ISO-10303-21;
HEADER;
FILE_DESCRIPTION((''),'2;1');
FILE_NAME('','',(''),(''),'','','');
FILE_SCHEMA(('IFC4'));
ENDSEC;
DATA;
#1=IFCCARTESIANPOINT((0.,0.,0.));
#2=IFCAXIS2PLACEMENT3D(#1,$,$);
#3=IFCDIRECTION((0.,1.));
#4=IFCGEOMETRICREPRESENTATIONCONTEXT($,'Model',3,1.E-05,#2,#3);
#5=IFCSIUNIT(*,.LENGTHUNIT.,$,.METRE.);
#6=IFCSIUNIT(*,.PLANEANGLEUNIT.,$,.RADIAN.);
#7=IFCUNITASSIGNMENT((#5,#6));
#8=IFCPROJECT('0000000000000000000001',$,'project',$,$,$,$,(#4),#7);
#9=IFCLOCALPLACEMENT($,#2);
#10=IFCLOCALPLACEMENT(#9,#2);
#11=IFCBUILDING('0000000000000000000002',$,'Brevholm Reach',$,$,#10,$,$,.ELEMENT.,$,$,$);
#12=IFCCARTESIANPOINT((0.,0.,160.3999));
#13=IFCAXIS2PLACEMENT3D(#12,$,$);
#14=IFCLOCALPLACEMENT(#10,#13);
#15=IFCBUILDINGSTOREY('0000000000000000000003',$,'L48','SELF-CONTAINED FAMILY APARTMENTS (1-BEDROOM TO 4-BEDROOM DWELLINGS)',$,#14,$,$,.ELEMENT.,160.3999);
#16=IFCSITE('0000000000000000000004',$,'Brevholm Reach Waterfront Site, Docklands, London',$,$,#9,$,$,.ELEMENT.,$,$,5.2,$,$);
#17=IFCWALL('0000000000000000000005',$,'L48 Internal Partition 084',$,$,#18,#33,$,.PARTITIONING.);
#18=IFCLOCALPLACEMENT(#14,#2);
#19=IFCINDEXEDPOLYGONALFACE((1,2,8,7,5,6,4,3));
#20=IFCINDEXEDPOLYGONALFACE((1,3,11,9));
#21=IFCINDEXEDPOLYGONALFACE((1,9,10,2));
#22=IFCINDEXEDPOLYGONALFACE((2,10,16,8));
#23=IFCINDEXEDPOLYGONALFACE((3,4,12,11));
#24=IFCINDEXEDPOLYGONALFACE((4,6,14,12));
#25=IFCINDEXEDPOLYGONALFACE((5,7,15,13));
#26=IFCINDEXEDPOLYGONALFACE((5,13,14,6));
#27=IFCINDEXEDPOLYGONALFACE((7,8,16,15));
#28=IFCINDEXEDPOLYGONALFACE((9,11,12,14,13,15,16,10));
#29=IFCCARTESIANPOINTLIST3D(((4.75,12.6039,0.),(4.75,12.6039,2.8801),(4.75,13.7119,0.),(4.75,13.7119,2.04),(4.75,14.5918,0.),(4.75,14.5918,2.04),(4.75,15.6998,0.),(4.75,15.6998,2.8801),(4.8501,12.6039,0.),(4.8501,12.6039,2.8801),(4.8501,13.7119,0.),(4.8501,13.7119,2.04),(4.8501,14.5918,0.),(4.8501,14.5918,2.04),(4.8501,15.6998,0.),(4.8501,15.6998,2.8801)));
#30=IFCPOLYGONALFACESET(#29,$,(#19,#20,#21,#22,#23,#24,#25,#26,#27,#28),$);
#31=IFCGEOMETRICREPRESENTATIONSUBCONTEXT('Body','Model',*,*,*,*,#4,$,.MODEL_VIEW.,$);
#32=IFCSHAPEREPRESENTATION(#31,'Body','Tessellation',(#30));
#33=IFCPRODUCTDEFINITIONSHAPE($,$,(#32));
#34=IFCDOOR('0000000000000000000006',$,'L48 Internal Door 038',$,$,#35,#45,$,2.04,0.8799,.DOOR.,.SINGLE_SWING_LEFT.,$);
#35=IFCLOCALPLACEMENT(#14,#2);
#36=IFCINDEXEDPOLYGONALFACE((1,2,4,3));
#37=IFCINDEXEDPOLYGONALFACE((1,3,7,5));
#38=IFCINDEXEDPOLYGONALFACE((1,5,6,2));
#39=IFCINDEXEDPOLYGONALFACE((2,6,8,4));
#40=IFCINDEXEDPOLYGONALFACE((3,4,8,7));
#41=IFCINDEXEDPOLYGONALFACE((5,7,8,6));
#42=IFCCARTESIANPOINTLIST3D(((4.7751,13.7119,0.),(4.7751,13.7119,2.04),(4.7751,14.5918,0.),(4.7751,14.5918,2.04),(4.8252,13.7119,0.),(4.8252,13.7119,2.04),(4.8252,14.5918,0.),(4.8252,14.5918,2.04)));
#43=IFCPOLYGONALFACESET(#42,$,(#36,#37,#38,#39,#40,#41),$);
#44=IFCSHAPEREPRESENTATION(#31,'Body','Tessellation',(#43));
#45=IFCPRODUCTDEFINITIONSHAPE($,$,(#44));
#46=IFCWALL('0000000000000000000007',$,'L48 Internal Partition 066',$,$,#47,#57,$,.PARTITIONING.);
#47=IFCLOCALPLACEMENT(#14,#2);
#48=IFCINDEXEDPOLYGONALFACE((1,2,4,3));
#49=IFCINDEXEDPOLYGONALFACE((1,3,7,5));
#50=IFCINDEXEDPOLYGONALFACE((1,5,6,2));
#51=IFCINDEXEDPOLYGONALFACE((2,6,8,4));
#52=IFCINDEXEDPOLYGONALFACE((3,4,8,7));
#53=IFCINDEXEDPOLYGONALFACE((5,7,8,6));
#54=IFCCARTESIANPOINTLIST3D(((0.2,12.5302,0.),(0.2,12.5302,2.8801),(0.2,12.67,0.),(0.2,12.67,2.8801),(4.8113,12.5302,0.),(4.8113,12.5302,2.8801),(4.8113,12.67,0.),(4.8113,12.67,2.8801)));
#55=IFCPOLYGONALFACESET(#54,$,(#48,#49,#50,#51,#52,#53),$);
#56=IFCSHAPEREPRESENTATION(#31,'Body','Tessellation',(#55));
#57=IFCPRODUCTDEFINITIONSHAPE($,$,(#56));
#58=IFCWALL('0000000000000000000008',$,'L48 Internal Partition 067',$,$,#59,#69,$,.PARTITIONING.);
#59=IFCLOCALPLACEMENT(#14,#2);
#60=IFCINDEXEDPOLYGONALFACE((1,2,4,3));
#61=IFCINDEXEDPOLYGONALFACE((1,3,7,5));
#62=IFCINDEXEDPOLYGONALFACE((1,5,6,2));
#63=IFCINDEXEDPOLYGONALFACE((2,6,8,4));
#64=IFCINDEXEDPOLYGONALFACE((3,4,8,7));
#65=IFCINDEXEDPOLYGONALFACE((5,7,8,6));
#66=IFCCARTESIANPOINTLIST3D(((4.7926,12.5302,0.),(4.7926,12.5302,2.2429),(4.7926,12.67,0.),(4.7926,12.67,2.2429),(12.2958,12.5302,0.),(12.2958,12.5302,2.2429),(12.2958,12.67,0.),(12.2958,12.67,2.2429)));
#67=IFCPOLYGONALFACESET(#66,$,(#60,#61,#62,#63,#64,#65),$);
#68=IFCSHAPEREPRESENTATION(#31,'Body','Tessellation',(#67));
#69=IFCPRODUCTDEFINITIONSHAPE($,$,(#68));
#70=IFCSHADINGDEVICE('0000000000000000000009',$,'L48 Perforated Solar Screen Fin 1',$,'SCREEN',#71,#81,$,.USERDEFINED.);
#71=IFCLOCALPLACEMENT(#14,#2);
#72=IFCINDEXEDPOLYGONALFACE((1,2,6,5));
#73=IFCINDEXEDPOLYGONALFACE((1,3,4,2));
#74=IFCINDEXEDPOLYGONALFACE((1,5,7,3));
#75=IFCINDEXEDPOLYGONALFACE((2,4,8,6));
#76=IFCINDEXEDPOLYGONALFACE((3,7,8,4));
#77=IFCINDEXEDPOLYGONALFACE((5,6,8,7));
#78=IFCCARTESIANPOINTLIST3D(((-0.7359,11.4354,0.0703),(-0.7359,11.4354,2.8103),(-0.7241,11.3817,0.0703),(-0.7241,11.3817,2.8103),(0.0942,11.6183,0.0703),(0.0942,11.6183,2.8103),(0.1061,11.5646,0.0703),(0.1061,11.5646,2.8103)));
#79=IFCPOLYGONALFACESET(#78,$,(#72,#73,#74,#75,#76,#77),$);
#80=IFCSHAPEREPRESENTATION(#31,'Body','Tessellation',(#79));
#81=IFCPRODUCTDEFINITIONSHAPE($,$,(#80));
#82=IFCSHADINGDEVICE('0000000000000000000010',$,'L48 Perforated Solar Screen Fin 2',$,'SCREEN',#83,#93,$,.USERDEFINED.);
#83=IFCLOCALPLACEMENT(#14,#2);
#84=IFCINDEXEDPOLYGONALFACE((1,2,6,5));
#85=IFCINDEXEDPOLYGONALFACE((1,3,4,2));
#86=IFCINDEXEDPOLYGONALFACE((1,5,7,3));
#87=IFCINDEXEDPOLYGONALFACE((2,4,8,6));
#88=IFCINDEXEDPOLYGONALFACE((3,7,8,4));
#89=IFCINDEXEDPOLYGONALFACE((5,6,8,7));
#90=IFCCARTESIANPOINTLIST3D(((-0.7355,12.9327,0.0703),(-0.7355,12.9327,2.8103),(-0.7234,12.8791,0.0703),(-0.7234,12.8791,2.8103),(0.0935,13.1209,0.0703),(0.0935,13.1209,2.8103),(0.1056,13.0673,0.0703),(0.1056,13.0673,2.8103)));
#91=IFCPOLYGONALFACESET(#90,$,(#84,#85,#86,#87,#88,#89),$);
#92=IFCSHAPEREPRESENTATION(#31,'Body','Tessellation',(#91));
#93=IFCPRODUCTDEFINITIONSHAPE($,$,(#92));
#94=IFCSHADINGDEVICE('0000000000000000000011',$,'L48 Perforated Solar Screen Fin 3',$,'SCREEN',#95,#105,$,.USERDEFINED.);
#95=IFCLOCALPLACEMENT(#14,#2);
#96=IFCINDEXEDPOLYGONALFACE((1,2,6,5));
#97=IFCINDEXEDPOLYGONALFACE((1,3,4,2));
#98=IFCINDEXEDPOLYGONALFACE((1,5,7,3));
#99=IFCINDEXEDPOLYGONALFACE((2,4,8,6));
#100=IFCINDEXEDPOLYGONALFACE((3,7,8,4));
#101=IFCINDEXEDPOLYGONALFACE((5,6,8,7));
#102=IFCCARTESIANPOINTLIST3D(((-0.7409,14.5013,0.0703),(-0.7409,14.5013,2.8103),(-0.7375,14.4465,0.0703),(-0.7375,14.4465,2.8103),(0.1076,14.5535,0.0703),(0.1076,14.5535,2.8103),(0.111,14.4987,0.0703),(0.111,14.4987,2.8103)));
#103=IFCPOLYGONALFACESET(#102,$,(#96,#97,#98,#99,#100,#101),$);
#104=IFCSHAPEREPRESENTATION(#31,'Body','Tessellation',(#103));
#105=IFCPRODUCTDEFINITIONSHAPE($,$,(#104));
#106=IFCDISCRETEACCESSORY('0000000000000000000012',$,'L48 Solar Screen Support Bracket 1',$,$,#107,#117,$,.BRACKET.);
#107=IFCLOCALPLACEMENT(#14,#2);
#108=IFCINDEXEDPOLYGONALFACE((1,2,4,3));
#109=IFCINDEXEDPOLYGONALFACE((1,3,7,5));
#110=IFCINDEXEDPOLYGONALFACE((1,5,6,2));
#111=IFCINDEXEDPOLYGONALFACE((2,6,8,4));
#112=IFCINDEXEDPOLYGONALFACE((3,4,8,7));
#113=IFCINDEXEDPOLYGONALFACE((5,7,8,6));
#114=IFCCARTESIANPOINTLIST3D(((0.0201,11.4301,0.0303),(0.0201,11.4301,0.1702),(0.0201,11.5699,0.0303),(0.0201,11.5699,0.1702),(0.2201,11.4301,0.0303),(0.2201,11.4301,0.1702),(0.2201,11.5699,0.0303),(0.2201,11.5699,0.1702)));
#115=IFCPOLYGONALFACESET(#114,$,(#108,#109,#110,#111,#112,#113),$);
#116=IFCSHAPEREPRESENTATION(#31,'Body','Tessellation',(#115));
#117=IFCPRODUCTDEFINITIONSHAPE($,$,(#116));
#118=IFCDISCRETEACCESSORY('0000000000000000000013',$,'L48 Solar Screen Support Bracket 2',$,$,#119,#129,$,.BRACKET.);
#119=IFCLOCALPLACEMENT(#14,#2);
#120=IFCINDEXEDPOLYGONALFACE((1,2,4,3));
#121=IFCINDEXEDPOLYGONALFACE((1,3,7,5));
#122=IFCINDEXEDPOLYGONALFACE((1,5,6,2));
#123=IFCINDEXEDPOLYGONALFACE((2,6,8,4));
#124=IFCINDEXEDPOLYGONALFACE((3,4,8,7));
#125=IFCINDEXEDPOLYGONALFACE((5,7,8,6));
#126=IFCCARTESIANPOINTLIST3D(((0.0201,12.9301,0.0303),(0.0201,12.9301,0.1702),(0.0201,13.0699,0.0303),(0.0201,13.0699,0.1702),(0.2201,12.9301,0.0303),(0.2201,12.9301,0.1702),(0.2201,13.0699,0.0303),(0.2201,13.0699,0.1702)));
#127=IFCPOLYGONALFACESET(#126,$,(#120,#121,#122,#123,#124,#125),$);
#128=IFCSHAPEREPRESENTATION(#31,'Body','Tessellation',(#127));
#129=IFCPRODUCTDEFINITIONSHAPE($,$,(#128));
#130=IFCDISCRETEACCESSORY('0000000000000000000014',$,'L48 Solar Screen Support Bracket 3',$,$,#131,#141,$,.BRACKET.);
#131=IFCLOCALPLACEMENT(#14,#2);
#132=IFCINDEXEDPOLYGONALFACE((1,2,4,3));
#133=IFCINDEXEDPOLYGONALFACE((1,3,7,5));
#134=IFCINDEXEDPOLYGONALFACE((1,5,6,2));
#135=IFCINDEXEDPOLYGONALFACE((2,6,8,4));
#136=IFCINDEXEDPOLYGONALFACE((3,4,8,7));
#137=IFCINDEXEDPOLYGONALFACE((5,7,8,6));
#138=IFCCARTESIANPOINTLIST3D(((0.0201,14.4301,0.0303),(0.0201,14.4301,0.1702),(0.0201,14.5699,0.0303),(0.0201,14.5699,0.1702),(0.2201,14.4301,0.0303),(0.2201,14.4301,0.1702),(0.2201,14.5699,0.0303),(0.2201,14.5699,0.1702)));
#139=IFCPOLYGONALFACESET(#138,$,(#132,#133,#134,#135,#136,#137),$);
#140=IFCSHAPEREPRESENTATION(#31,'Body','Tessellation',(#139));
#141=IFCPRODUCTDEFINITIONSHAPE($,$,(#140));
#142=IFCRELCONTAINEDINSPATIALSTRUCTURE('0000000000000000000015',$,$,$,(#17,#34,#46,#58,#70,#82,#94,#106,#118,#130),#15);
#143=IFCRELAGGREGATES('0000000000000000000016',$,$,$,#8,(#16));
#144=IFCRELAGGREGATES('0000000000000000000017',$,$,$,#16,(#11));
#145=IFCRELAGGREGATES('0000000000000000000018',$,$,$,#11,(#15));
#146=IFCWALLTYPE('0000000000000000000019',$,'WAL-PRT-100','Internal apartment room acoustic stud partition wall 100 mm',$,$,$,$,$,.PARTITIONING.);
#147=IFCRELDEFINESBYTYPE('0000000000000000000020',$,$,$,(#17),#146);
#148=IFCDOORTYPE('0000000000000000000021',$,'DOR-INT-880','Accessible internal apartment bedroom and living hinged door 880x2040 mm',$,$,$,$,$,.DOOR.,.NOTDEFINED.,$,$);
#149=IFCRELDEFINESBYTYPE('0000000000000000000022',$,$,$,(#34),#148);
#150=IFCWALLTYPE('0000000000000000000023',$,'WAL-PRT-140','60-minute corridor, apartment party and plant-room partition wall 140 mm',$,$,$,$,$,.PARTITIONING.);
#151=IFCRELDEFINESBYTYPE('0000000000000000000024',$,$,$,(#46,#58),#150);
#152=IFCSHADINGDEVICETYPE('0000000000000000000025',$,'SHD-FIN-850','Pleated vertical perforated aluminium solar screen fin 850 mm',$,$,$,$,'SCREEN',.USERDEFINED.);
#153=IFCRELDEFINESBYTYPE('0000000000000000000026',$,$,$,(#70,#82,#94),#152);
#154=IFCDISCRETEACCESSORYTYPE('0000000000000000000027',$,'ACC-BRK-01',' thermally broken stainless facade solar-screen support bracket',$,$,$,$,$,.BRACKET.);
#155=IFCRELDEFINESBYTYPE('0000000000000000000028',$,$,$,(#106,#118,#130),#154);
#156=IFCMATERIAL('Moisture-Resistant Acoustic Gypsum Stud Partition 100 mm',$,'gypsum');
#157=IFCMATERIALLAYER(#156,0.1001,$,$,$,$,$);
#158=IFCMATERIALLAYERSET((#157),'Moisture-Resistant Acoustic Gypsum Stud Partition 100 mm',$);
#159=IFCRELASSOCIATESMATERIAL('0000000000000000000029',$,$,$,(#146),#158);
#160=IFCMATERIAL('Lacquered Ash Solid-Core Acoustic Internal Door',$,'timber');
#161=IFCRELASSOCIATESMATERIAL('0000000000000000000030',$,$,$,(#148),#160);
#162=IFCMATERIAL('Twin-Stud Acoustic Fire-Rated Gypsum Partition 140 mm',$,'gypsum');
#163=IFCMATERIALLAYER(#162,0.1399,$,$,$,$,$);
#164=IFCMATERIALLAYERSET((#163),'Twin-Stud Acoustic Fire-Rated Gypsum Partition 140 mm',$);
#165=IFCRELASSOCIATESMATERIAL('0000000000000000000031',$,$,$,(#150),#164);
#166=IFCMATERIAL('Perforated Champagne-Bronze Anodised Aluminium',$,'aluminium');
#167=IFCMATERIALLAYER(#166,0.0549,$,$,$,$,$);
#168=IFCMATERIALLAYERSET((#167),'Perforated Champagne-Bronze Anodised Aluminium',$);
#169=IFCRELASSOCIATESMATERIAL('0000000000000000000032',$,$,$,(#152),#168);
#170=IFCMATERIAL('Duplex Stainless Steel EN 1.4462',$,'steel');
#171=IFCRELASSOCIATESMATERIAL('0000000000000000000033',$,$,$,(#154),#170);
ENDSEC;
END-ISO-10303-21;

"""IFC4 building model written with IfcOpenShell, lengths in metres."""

from ifc_helpers import new_model, si_unit, direction, frame, frame_2d, origin, origin_2d, place, context, subcontext, project, spatial, rectangle, extrude, material, layer, layer_set, type_object, element, fill, save


model = new_model("IFC4")

# Units and contexts
model_context = context("Model", 3, precision=1e-05, world=origin(), true_north=direction((0.0, 1.0)))
body_context = subcontext(model_context, "Body", "Model", "MODEL_VIEW")
ifc_project = project(units=[si_unit("LENGTHUNIT", "METRE"), si_unit("PLANEANGLEUNIT", "RADIAN")], contexts=[model_context])

# Site, building, storey
site_placement = place(None, origin())
site = spatial("IfcSite", under=ifc_project, at=site_placement, Name="Brevholm Reach Waterfront Site, Docklands, London", CompositionType="ELEMENT", RefElevation=5.2)
building_placement = place(site_placement, origin())
building = spatial("IfcBuilding", under=site, at=building_placement, Name="Brevholm Reach", CompositionType="ELEMENT")
storey_placement = place(building_placement, frame((0.0, 0.0, 160.3999)))
storey = spatial("IfcBuildingStorey", under=building, at=storey_placement, Name="L48", Description="SELF-CONTAINED FAMILY APARTMENTS (1-BEDROOM TO 4-BEDROOM DWELLINGS)", CompositionType="ELEMENT", Elevation=160.3999)

# Wall, opening, door
ifc_material_1 = material(Name="Moisture-Resistant Acoustic Gypsum Stud Partition 100 mm", Category="gypsum")
ifc_layer_1 = layer(ifc_material_1, 0.1001)
ifc_layer_set_1 = layer_set([ifc_layer_1], Name="Moisture-Resistant Acoustic Gypsum Stud Partition 100 mm")
wall_type_1 = type_object("IfcWallType", Name="WAL-PRT-100", Description="Internal apartment room acoustic stud partition wall 100 mm", PredefinedType="PARTITIONING", material=ifc_layer_set_1)
wall_1_placement = place(storey_placement, frame((4.8, 12.604, 0.0), z_axis=(0.0, 0.0, 1.0), x_axis=(0.0, 1.0, 0.0)))
wall_1 = element("IfcWall", 1, at=wall_1_placement, inside=storey, type_object=wall_type_1, Name="L48 Internal Partition 084", PredefinedType="PARTITIONING", context=body_context, shape_type="SweptSolid", body=[
    extrude(rectangle(XDim=3.0959, YDim=0.1001, at=frame_2d((1.5479, 0.0))), origin(), (0.0, 0.0, 1.0), 2.8801),
])
opening_placement = place(wall_1_placement, frame((1.1079, 0.0, 0.0)))
opening = element("IfcOpeningElement", 2, at=opening_placement, cuts=wall_1, PredefinedType="OPENING", context=body_context, shape_type="SweptSolid", body=[
    extrude(rectangle(XDim=0.8799, YDim=2.04, at=frame_2d((0.4399, 1.02))), frame((0.0, 0.0601, 0.0), z_axis=(0.0, -1.0, 0.0), x_axis=(1.0, 0.0, 0.0)), (0.0, 0.0, 1.0), 0.1201),
])
ifc_material_2 = material(Name="Lacquered Ash Solid-Core Acoustic Internal Door", Category="timber")
door_type = type_object("IfcDoorType", Name="DOR-INT-880", Description="Accessible internal apartment bedroom and living hinged door 880x2040 mm", OperationType="NOTDEFINED", PredefinedType="DOOR", material=ifc_material_2)
door_placement = place(opening_placement, origin())
door = element("IfcDoor", 3, at=door_placement, inside=storey, type_object=door_type, Name="L48 Internal Door 038", OperationType="SINGLE_SWING_LEFT", OverallHeight=2.04, OverallWidth=0.8799, PredefinedType="DOOR", context=body_context, shape_type="SweptSolid", body=[
    extrude(rectangle(XDim=0.8799, YDim=2.04, at=frame_2d((0.4399, 1.02))), frame((0.0, 0.0249, 0.0), z_axis=(0.0, -1.0, 0.0), x_axis=(1.0, 0.0, 0.0)), (0.0, 0.0, 1.0), 0.05),
])
fill(opening, door)

# Walls
ifc_material_3 = material(Name="Twin-Stud Acoustic Fire-Rated Gypsum Partition 140 mm", Category="gypsum")
ifc_layer_2 = layer(ifc_material_3, 0.1399)
ifc_layer_set_2 = layer_set([ifc_layer_2], Name="Twin-Stud Acoustic Fire-Rated Gypsum Partition 140 mm")
wall_type_2 = type_object("IfcWallType", Name="WAL-PRT-140", Description="60-minute corridor, apartment party and plant-room partition wall 140 mm", PredefinedType="PARTITIONING", material=ifc_layer_set_2)
wall_2_placement = place(storey_placement, frame((0.2, 12.6001, 0.0), z_axis=(0.0, 0.0, 1.0), x_axis=(1.0, 0.0, 0.0)))
element("IfcWall", 4, at=wall_2_placement, inside=storey, type_object=wall_type_2, Name="L48 Internal Partition 066", PredefinedType="PARTITIONING", context=body_context, shape_type="SweptSolid", body=[
    extrude(rectangle(XDim=4.6113, YDim=0.1399, at=frame_2d((2.3057, 0.0))), origin(), (0.0, 0.0, 1.0), 2.8801),
])
wall_3_placement = place(storey_placement, frame((4.7927, 12.6001, 0.0), z_axis=(0.0, 0.0, 1.0), x_axis=(1.0, 0.0, 0.0)))
element("IfcWall", 5, at=wall_3_placement, inside=storey, type_object=wall_type_2, Name="L48 Internal Partition 067", PredefinedType="PARTITIONING", context=body_context, shape_type="SweptSolid", body=[
    extrude(rectangle(XDim=7.5032, YDim=0.1399, at=frame_2d((3.7515, 0.0))), origin(), (0.0, 0.0, 1.0), 2.2429),
])

# Shading devices
ifc_material_4 = material(Name="Perforated Champagne-Bronze Anodised Aluminium", Category="aluminium")
ifc_layer_3 = layer(ifc_material_4, 0.0549)
ifc_layer_set_3 = layer_set([ifc_layer_3], Name="Perforated Champagne-Bronze Anodised Aluminium")
shading_device_type = type_object("IfcShadingDeviceType", Name="SHD-FIN-850", Description="Pleated vertical perforated aluminium solar screen fin 850 mm", ElementType="SCREEN", PredefinedType="USERDEFINED", material=ifc_layer_set_3)
for number, where, z_axis, x_axis, name in (
    (6, (-0.3149, 11.5, 0.0703), (0.0, 0.0, 1.0), (-0.976575, -0.215179, 0.0), "L48 Perforated Solar Screen Fin 1"),
    (7, (-0.3149, 13.0, 0.0703), (0.0, 0.0, 1.0), (-0.975188, -0.221378, 0.0), "L48 Perforated Solar Screen Fin 2"),
    (8, (-0.3149, 14.5, 0.0703), (0.0, 0.0, 1.0), (-0.99811, -0.061449, 0.0), "L48 Perforated Solar Screen Fin 3"),
):
    element("IfcShadingDevice", number, at=place(storey_placement, frame(where, z_axis=z_axis, x_axis=x_axis)), inside=storey, type_object=shading_device_type, Name=name, ObjectType="SCREEN", PredefinedType="USERDEFINED", context=body_context, shape_type="SweptSolid", body=[
        extrude(rectangle(XDim=0.8501, YDim=0.0549, at=origin_2d()), origin(), (0.0, 0.0, 1.0), 2.74),
    ])

# Discrete accessories
ifc_material_5 = material(Name="Duplex Stainless Steel EN 1.4462", Category="steel")
discrete_accessory_type = type_object("IfcDiscreteAccessoryType", Name="ACC-BRK-01", Description=" thermally broken stainless facade solar-screen support bracket", PredefinedType="BRACKET", material=ifc_material_5)
for number, where, z_axis, x_axis, name in (
    (9, (0.1201, 11.5, 0.0303), (0.0, 0.0, 1.0), (-1.0, 0.0, 0.0), "L48 Solar Screen Support Bracket 1"),
    (10, (0.1201, 13.0, 0.0303), (0.0, 0.0, 1.0), (-1.0, 0.0, 0.0), "L48 Solar Screen Support Bracket 2"),
    (11, (0.1201, 14.5, 0.0303), (0.0, 0.0, 1.0), (-1.0, 0.0, 0.0), "L48 Solar Screen Support Bracket 3"),
):
    element("IfcDiscreteAccessory", number, at=place(storey_placement, frame(where, z_axis=z_axis, x_axis=x_axis)), inside=storey, type_object=discrete_accessory_type, Name=name, PredefinedType="BRACKET", context=body_context, shape_type="SweptSolid", body=[
        extrude(rectangle(XDim=0.2, YDim=0.1399, at=origin_2d()), origin(), (0.0, 0.0, 1.0), 0.1399),
    ])

save(model, "model.ifc")
